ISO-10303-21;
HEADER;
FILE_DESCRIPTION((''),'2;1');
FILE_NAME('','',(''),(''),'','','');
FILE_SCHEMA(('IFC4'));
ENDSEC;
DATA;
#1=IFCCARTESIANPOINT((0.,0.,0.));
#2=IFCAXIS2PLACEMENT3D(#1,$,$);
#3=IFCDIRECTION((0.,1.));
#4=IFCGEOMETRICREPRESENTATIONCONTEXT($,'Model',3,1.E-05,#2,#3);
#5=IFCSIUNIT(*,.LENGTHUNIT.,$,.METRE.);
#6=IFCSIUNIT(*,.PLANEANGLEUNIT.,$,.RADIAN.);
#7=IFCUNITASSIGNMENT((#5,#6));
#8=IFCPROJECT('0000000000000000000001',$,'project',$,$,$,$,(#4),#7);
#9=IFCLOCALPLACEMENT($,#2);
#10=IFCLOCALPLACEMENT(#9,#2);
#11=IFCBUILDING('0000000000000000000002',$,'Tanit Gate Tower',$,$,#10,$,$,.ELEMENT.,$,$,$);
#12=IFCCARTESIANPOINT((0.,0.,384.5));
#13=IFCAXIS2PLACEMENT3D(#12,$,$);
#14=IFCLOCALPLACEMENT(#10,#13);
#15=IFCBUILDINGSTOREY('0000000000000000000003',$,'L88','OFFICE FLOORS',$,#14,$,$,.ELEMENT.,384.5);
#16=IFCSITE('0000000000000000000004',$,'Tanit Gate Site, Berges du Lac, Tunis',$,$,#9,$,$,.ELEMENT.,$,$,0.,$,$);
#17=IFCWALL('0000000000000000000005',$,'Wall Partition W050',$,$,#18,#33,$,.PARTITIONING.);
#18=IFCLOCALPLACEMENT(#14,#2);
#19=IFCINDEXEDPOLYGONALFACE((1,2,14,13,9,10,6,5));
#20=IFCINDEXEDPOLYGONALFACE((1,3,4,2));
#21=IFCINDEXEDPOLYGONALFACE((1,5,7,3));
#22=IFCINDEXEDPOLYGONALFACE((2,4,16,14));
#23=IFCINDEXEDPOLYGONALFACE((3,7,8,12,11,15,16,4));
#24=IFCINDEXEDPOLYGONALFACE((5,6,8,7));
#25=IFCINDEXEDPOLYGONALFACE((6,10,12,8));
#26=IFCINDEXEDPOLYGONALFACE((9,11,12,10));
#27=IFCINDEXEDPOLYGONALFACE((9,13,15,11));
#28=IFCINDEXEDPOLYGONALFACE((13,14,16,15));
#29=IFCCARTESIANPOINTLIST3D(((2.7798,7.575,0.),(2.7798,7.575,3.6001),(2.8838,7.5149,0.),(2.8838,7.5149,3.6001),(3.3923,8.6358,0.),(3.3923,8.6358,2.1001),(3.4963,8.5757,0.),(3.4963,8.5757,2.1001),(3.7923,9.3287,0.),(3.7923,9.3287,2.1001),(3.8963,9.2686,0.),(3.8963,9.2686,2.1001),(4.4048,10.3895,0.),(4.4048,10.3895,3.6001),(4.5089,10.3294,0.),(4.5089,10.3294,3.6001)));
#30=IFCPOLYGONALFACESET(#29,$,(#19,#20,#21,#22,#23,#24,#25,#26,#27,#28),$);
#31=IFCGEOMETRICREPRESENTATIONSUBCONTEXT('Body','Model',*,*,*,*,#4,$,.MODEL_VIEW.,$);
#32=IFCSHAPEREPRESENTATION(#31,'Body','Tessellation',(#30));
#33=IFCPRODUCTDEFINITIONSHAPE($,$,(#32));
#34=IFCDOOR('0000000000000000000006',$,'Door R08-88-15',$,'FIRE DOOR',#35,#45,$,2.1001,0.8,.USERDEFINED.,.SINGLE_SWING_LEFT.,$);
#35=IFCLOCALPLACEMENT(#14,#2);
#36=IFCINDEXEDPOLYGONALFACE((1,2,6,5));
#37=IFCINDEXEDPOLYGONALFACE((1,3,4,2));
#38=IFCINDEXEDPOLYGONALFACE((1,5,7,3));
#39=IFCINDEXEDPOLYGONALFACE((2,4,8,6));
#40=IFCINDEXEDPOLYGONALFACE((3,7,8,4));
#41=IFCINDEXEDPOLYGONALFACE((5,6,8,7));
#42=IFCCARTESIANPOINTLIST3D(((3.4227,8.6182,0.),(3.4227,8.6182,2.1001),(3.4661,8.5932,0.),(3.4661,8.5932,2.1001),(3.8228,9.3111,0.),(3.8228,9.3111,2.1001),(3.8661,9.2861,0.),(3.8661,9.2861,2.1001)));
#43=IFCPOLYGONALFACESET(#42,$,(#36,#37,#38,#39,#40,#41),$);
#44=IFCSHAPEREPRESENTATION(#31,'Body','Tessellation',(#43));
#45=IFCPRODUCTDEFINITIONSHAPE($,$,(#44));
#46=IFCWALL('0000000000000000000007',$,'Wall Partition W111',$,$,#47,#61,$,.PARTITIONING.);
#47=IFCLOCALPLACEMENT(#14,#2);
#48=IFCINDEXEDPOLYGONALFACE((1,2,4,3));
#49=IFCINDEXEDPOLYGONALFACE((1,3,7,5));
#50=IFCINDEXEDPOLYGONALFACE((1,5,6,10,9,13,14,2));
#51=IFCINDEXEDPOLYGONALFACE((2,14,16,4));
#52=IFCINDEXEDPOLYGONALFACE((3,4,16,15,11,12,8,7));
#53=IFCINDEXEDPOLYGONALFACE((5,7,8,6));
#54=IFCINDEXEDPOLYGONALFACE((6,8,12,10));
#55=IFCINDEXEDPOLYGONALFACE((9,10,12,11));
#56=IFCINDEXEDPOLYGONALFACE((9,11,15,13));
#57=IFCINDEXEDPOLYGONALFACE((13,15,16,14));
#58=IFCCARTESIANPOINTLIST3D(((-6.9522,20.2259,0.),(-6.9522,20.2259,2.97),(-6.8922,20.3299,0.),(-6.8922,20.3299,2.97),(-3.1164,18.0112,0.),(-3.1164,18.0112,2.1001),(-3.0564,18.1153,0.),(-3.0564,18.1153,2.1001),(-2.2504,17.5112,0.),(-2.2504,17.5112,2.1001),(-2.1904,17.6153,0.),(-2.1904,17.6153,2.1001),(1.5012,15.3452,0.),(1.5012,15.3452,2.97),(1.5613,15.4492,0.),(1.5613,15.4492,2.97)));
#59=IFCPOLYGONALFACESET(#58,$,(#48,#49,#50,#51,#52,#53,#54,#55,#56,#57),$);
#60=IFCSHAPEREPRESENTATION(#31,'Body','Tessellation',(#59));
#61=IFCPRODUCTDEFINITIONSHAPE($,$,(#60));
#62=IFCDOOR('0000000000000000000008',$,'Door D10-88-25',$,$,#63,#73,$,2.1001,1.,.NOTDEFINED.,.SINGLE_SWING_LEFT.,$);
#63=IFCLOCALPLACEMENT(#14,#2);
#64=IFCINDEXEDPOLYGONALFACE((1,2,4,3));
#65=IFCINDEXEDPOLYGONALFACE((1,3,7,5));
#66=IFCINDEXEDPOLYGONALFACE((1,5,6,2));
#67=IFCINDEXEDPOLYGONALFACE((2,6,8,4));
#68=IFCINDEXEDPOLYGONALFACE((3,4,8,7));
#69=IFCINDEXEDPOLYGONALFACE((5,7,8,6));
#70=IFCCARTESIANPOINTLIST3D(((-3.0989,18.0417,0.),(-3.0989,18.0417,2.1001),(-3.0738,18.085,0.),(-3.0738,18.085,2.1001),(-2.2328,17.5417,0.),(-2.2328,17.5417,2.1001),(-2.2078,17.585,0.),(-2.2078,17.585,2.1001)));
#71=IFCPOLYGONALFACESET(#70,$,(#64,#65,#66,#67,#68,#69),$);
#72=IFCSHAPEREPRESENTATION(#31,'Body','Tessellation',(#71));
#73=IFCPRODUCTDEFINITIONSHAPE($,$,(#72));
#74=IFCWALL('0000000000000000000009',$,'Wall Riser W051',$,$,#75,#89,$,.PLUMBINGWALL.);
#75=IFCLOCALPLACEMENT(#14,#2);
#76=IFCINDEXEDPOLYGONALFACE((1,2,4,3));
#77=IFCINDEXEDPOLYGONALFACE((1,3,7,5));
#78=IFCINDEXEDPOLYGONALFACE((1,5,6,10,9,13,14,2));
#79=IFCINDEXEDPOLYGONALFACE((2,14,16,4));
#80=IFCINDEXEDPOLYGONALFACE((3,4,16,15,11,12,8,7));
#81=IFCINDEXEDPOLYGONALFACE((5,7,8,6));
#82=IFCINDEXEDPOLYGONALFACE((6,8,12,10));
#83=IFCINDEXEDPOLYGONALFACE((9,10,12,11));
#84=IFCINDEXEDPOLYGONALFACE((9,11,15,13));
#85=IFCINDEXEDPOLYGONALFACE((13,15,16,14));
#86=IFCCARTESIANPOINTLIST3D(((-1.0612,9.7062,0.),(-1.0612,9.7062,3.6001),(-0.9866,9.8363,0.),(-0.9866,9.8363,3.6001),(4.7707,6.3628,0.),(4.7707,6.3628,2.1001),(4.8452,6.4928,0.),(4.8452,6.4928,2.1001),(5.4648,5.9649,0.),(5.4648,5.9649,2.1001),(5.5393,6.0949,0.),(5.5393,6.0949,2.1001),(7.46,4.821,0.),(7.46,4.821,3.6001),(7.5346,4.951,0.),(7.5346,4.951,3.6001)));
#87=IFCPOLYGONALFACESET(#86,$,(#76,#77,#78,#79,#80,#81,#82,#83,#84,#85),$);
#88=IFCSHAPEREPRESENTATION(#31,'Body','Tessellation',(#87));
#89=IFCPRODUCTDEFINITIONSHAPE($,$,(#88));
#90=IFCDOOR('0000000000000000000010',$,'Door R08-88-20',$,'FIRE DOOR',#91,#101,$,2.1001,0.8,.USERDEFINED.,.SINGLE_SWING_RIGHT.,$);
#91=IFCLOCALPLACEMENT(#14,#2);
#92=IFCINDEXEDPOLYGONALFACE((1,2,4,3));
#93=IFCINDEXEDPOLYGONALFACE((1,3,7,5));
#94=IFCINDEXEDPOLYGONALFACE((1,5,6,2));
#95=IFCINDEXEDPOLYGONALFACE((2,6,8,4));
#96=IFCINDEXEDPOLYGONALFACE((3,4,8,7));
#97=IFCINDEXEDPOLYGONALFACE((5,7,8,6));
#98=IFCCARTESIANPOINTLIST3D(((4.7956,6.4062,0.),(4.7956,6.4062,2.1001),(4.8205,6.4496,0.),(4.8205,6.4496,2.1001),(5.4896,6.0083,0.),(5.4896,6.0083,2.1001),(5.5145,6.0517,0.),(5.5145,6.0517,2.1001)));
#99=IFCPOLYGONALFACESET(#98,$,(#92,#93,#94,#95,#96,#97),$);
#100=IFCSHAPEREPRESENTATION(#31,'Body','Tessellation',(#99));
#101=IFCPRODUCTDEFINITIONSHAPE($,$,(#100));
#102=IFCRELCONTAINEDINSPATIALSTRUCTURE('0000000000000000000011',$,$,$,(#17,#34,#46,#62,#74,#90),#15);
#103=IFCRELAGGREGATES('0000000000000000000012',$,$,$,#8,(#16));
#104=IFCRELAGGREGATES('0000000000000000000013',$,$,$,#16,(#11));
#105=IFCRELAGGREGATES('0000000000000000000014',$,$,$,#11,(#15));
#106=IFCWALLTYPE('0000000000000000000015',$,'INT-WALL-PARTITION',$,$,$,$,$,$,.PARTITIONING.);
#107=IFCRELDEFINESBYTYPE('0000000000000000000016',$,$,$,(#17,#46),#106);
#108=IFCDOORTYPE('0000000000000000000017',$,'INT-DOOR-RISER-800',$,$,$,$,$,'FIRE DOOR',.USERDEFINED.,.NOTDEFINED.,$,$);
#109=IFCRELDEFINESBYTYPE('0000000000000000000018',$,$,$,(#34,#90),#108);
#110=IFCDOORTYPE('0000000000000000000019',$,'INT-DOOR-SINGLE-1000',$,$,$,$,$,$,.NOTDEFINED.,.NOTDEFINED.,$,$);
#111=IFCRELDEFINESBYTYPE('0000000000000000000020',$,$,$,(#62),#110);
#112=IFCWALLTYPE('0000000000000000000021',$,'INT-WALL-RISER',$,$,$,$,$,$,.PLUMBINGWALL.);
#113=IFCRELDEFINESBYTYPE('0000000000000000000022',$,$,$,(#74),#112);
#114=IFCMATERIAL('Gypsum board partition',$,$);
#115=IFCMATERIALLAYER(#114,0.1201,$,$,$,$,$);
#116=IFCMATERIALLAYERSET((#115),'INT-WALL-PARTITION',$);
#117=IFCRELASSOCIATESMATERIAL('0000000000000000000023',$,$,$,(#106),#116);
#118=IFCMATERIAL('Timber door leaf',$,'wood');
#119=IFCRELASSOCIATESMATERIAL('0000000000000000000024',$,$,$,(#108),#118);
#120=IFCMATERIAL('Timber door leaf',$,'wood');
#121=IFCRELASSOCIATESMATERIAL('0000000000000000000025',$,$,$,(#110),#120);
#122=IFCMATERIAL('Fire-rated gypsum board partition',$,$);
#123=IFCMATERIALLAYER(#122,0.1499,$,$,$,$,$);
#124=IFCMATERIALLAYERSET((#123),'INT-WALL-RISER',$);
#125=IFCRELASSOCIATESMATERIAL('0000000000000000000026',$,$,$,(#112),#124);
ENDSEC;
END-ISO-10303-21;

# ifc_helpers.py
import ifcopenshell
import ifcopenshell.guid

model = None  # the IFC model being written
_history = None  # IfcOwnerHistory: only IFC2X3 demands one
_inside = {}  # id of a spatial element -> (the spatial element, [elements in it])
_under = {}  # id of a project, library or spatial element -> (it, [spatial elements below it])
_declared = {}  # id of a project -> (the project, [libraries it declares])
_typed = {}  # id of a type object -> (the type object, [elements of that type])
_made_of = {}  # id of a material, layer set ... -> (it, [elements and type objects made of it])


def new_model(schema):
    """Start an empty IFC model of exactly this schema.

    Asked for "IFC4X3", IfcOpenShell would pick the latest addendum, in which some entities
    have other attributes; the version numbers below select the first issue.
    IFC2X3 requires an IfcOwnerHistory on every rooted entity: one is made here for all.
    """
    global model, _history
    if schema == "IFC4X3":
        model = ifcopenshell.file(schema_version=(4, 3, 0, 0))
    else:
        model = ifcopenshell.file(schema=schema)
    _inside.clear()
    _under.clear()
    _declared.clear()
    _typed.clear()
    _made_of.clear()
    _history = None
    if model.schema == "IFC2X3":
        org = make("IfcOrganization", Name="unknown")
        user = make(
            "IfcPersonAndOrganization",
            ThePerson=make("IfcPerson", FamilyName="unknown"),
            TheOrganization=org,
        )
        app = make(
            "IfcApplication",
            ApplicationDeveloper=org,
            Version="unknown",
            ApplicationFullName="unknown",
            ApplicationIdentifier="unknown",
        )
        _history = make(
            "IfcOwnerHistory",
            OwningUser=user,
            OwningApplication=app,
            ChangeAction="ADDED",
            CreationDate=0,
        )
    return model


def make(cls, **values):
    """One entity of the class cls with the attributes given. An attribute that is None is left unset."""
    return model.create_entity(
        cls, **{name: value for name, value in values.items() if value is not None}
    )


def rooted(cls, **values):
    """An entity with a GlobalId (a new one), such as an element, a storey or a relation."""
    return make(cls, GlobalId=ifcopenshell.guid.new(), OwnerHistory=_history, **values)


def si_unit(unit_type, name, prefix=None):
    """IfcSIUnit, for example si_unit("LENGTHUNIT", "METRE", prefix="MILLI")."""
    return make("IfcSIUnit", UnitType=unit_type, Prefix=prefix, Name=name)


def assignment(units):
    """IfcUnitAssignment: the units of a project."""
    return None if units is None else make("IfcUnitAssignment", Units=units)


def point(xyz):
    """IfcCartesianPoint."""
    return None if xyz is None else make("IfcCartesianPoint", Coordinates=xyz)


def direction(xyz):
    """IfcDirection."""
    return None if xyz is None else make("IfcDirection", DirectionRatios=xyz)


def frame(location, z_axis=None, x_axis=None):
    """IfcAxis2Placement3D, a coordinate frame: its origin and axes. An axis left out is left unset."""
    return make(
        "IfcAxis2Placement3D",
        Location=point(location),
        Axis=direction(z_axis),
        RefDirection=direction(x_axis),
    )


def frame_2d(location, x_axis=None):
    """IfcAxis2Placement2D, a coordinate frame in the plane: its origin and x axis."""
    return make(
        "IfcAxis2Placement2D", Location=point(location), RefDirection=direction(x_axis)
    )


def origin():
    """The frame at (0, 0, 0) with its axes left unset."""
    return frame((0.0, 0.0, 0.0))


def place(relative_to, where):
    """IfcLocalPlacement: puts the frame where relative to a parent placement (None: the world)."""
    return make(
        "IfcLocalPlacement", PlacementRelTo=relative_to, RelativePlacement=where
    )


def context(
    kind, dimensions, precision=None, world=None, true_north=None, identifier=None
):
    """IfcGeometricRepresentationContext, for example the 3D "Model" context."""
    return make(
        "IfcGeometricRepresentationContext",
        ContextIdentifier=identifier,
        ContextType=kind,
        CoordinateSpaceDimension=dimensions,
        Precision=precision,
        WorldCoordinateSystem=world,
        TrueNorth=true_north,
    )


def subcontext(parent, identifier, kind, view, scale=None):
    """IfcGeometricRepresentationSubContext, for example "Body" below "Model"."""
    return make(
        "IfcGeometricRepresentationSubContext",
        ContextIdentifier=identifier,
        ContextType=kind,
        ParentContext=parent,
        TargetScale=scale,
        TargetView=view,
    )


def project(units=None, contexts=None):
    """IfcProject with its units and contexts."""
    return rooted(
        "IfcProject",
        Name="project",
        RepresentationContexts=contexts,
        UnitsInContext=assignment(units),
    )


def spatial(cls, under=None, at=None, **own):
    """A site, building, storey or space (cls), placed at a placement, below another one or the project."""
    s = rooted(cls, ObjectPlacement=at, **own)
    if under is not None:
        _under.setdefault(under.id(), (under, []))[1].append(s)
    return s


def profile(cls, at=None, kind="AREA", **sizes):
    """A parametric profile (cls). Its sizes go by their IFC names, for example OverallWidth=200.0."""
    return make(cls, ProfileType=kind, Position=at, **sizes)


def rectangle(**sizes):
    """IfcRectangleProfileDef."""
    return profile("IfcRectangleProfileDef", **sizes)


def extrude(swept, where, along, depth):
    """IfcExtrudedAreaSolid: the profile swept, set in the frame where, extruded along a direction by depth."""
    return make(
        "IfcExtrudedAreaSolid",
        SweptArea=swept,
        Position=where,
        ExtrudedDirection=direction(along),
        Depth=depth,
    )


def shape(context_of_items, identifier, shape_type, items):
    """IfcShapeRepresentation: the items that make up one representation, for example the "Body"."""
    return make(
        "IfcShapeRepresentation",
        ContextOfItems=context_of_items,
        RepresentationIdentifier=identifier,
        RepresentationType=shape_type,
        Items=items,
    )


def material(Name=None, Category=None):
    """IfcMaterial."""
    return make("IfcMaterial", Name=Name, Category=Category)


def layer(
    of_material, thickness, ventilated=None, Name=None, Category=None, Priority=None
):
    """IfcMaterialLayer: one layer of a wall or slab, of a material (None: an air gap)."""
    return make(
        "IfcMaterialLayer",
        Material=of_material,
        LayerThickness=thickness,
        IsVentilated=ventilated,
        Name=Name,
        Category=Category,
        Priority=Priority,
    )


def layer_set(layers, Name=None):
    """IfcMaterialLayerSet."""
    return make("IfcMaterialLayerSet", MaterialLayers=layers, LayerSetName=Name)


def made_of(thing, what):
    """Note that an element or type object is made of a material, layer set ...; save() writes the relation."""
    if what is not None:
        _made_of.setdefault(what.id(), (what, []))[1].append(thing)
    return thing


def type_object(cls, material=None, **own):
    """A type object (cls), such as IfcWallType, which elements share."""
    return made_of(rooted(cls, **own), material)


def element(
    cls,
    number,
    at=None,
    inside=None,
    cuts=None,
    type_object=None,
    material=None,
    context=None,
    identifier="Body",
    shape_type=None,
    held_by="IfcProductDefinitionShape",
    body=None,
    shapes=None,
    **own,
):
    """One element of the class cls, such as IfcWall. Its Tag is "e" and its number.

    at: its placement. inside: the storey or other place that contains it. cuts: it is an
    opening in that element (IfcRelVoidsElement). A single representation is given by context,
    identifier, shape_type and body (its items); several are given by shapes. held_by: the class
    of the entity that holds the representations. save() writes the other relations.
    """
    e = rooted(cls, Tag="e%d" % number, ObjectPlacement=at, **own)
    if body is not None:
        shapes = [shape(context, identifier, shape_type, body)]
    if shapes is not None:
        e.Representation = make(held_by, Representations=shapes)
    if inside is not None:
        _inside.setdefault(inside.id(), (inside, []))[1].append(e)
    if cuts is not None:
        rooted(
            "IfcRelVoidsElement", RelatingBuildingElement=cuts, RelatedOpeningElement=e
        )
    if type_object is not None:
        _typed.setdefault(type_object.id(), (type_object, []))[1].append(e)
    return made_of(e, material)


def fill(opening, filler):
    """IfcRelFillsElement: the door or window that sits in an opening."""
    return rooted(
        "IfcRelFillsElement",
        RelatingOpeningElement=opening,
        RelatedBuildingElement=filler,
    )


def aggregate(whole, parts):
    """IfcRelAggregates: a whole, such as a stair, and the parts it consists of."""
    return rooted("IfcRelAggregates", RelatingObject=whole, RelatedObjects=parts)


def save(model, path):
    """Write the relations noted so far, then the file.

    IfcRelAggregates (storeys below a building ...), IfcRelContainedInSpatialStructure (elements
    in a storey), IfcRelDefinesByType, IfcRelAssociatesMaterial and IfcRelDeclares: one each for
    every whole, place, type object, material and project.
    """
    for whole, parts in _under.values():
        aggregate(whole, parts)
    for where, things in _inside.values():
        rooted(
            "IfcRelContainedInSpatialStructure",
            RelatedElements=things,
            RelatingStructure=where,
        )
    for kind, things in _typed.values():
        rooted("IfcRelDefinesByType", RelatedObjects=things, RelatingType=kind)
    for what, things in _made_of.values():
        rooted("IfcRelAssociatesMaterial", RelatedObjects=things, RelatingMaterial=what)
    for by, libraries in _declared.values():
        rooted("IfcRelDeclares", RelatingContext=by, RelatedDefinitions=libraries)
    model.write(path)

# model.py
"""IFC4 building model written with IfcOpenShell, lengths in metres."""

from ifc_helpers import new_model, si_unit, direction, frame, frame_2d, origin, place, context, subcontext, project, spatial, rectangle, extrude, material, layer, layer_set, type_object, element, fill, save


model = new_model("IFC4")

# Units and contexts
model_context = context("Model", 3, precision=1e-05, world=origin(), true_north=direction((0.0, 1.0)))
body_context = subcontext(model_context, "Body", "Model", "MODEL_VIEW")
ifc_project = project(units=[si_unit("LENGTHUNIT", "METRE"), si_unit("PLANEANGLEUNIT", "RADIAN")], contexts=[model_context])

# Site, building, storey
site_placement = place(None, origin())
site = spatial("IfcSite", under=ifc_project, at=site_placement, Name="Tanit Gate Site, Berges du Lac, Tunis", CompositionType="ELEMENT", RefElevation=0.0)
building_placement = place(site_placement, origin())
building = spatial("IfcBuilding", under=site, at=building_placement, Name="Tanit Gate Tower", CompositionType="ELEMENT")
storey_placement = place(building_placement, frame((0.0, 0.0, 384.5)))
storey = spatial("IfcBuildingStorey", under=building, at=storey_placement, Name="L88", Description="OFFICE FLOORS", CompositionType="ELEMENT", Elevation=384.5)

# Walls, openings, doors
ifc_material_1 = material(Name="Gypsum board partition")
ifc_layer_1 = layer(ifc_material_1, 0.1201)
ifc_layer_set_1 = layer_set([ifc_layer_1], Name="INT-WALL-PARTITION")
wall_type_1 = type_object("IfcWallType", Name="INT-WALL-PARTITION", PredefinedType="PARTITIONING", material=ifc_layer_set_1)
wall_1_placement = place(storey_placement, frame((2.8318, 7.5449, 0.0), z_axis=(0.0, 0.0, 1.0), x_axis=(0.500017, 0.866015, 0.0)))
wall_1 = element("IfcWall", 1, at=wall_1_placement, inside=storey, type_object=wall_type_1, Name="Wall Partition W050", PredefinedType="PARTITIONING", context=body_context, shape_type="SweptSolid", body=[
    extrude(rectangle(XDim=3.25, YDim=0.1201, at=frame_2d((1.625, 0.0))), origin(), (0.0, 0.0, 1.0), 3.6001),
])
opening_1_placement = place(wall_1_placement, frame((1.2251, 0.0, 0.0)))
opening_1 = element("IfcOpeningElement", 2, at=opening_1_placement, cuts=wall_1, PredefinedType="OPENING", context=body_context, shape_type="SweptSolid", body=[
    extrude(rectangle(XDim=0.8, YDim=2.1001, at=frame_2d((0.3999, 1.05))), frame((0.0, 0.0701, 0.0), z_axis=(0.0, -1.0, 0.0), x_axis=(1.0, 0.0, 0.0)), (0.0, 0.0, 1.0), 0.1401),
])
ifc_material_2 = material(Name="Timber door leaf", Category="wood")
door_type_1 = type_object("IfcDoorType", Name="INT-DOOR-RISER-800", ElementType="FIRE DOOR", OperationType="NOTDEFINED", PredefinedType="USERDEFINED", material=ifc_material_2)
door_1_placement = place(opening_1_placement, origin())
door_1 = element("IfcDoor", 3, at=door_1_placement, inside=storey, type_object=door_type_1, Name="Door R08-88-15", ObjectType="FIRE DOOR", OperationType="SINGLE_SWING_LEFT", OverallHeight=2.1001, OverallWidth=0.8, PredefinedType="USERDEFINED", context=body_context, shape_type="SweptSolid", body=[
    extrude(rectangle(XDim=0.8, YDim=2.1001, at=frame_2d((0.3999, 1.05))), frame((0.0, 0.0249, 0.0), z_axis=(0.0, -1.0, 0.0), x_axis=(1.0, 0.0, 0.0)), (0.0, 0.0, 1.0), 0.05),
])
fill(opening_1, door_1)
wall_2_placement = place(storey_placement, frame((1.5312, 15.3972, 0.0), z_axis=(0.0, 0.0, 1.0), x_axis=(-0.866023, 0.500005, 0.0)))
wall_2 = element("IfcWall", 4, at=wall_2_placement, inside=storey, type_object=wall_type_1, Name="Wall Partition W111", PredefinedType="PARTITIONING", context=body_context, shape_type="SweptSolid", body=[
    extrude(rectangle(XDim=9.7612, YDim=0.1201, at=frame_2d((4.8806, 0.0))), origin(), (0.0, 0.0, 1.0), 2.97),
])
opening_2_placement = place(wall_2_placement, frame((4.332, 0.0, 0.0)))
opening_2 = element("IfcOpeningElement", 5, at=opening_2_placement, cuts=wall_2, PredefinedType="OPENING", context=body_context, shape_type="SweptSolid", body=[
    extrude(rectangle(XDim=1.0, YDim=2.1001, at=frame_2d((0.5, 1.05))), frame((0.0, 0.0701, 0.0), z_axis=(0.0, -1.0, 0.0), x_axis=(1.0, 0.0, 0.0)), (0.0, 0.0, 1.0), 0.1401),
])
ifc_material_3 = material(Name="Timber door leaf", Category="wood")
door_type_2 = type_object("IfcDoorType", Name="INT-DOOR-SINGLE-1000", OperationType="NOTDEFINED", PredefinedType="NOTDEFINED", material=ifc_material_3)
door_2_placement = place(opening_2_placement, origin())
door_2 = element("IfcDoor", 6, at=door_2_placement, inside=storey, type_object=door_type_2, Name="Door D10-88-25", OperationType="SINGLE_SWING_LEFT", OverallHeight=2.1001, OverallWidth=1.0, PredefinedType="NOTDEFINED", context=body_context, shape_type="SweptSolid", body=[
    extrude(rectangle(XDim=1.0, YDim=2.1001, at=frame_2d((0.5, 1.05))), frame((0.0, 0.0249, 0.0), z_axis=(0.0, -1.0, 0.0), x_axis=(1.0, 0.0, 0.0)), (0.0, 0.0, 1.0), 0.05),
])
fill(opening_2, door_2)
ifc_material_4 = material(Name="Fire-rated gypsum board partition")
ifc_layer_2 = layer(ifc_material_4, 0.1499)
ifc_layer_set_2 = layer_set([ifc_layer_2], Name="INT-WALL-RISER")
wall_type_2 = type_object("IfcWallType", Name="INT-WALL-RISER", PredefinedType="PLUMBINGWALL", material=ifc_layer_set_2)
wall_3_placement = place(storey_placement, frame((7.4973, 4.886, 0.0), z_axis=(0.0, 0.0, 1.0), x_axis=(-0.867542, 0.497364, 0.0)))
wall_3 = element("IfcWall", 7, at=wall_3_placement, inside=storey, type_object=wall_type_2, Name="Wall Riser W051", PredefinedType="PLUMBINGWALL", context=body_context, shape_type="SweptSolid", body=[
    extrude(rectangle(XDim=9.8223, YDim=0.1499, at=frame_2d((4.9111, 0.0))), origin(), (0.0, 0.0, 1.0), 3.6001),
])
opening_3_placement = place(wall_3_placement, frame((2.3, 0.0, 0.0)))
opening_3 = element("IfcOpeningElement", 8, at=opening_3_placement, cuts=wall_3, PredefinedType="OPENING", context=body_context, shape_type="SweptSolid", body=[
    extrude(rectangle(XDim=0.8, YDim=2.1001, at=frame_2d((0.3999, 1.05))), frame((0.0, 0.085, 0.0), z_axis=(0.0, -1.0, 0.0), x_axis=(1.0, 0.0, 0.0)), (0.0, 0.0, 1.0), 0.1699),
])
door_3_placement = place(opening_3_placement, origin())
door_3 = element("IfcDoor", 9, at=door_3_placement, inside=storey, type_object=door_type_1, Name="Door R08-88-20", ObjectType="FIRE DOOR", OperationType="SINGLE_SWING_RIGHT", OverallHeight=2.1001, OverallWidth=0.8, PredefinedType="USERDEFINED", context=body_context, shape_type="SweptSolid", body=[
    extrude(rectangle(XDim=0.8, YDim=2.1001, at=frame_2d((0.3999, 1.05))), frame((0.0, 0.0249, 0.0), z_axis=(0.0, -1.0, 0.0), x_axis=(1.0, 0.0, 0.0)), (0.0, 0.0, 1.0), 0.05),
])
fill(opening_3, door_3)

save(model, "model.ifc")
